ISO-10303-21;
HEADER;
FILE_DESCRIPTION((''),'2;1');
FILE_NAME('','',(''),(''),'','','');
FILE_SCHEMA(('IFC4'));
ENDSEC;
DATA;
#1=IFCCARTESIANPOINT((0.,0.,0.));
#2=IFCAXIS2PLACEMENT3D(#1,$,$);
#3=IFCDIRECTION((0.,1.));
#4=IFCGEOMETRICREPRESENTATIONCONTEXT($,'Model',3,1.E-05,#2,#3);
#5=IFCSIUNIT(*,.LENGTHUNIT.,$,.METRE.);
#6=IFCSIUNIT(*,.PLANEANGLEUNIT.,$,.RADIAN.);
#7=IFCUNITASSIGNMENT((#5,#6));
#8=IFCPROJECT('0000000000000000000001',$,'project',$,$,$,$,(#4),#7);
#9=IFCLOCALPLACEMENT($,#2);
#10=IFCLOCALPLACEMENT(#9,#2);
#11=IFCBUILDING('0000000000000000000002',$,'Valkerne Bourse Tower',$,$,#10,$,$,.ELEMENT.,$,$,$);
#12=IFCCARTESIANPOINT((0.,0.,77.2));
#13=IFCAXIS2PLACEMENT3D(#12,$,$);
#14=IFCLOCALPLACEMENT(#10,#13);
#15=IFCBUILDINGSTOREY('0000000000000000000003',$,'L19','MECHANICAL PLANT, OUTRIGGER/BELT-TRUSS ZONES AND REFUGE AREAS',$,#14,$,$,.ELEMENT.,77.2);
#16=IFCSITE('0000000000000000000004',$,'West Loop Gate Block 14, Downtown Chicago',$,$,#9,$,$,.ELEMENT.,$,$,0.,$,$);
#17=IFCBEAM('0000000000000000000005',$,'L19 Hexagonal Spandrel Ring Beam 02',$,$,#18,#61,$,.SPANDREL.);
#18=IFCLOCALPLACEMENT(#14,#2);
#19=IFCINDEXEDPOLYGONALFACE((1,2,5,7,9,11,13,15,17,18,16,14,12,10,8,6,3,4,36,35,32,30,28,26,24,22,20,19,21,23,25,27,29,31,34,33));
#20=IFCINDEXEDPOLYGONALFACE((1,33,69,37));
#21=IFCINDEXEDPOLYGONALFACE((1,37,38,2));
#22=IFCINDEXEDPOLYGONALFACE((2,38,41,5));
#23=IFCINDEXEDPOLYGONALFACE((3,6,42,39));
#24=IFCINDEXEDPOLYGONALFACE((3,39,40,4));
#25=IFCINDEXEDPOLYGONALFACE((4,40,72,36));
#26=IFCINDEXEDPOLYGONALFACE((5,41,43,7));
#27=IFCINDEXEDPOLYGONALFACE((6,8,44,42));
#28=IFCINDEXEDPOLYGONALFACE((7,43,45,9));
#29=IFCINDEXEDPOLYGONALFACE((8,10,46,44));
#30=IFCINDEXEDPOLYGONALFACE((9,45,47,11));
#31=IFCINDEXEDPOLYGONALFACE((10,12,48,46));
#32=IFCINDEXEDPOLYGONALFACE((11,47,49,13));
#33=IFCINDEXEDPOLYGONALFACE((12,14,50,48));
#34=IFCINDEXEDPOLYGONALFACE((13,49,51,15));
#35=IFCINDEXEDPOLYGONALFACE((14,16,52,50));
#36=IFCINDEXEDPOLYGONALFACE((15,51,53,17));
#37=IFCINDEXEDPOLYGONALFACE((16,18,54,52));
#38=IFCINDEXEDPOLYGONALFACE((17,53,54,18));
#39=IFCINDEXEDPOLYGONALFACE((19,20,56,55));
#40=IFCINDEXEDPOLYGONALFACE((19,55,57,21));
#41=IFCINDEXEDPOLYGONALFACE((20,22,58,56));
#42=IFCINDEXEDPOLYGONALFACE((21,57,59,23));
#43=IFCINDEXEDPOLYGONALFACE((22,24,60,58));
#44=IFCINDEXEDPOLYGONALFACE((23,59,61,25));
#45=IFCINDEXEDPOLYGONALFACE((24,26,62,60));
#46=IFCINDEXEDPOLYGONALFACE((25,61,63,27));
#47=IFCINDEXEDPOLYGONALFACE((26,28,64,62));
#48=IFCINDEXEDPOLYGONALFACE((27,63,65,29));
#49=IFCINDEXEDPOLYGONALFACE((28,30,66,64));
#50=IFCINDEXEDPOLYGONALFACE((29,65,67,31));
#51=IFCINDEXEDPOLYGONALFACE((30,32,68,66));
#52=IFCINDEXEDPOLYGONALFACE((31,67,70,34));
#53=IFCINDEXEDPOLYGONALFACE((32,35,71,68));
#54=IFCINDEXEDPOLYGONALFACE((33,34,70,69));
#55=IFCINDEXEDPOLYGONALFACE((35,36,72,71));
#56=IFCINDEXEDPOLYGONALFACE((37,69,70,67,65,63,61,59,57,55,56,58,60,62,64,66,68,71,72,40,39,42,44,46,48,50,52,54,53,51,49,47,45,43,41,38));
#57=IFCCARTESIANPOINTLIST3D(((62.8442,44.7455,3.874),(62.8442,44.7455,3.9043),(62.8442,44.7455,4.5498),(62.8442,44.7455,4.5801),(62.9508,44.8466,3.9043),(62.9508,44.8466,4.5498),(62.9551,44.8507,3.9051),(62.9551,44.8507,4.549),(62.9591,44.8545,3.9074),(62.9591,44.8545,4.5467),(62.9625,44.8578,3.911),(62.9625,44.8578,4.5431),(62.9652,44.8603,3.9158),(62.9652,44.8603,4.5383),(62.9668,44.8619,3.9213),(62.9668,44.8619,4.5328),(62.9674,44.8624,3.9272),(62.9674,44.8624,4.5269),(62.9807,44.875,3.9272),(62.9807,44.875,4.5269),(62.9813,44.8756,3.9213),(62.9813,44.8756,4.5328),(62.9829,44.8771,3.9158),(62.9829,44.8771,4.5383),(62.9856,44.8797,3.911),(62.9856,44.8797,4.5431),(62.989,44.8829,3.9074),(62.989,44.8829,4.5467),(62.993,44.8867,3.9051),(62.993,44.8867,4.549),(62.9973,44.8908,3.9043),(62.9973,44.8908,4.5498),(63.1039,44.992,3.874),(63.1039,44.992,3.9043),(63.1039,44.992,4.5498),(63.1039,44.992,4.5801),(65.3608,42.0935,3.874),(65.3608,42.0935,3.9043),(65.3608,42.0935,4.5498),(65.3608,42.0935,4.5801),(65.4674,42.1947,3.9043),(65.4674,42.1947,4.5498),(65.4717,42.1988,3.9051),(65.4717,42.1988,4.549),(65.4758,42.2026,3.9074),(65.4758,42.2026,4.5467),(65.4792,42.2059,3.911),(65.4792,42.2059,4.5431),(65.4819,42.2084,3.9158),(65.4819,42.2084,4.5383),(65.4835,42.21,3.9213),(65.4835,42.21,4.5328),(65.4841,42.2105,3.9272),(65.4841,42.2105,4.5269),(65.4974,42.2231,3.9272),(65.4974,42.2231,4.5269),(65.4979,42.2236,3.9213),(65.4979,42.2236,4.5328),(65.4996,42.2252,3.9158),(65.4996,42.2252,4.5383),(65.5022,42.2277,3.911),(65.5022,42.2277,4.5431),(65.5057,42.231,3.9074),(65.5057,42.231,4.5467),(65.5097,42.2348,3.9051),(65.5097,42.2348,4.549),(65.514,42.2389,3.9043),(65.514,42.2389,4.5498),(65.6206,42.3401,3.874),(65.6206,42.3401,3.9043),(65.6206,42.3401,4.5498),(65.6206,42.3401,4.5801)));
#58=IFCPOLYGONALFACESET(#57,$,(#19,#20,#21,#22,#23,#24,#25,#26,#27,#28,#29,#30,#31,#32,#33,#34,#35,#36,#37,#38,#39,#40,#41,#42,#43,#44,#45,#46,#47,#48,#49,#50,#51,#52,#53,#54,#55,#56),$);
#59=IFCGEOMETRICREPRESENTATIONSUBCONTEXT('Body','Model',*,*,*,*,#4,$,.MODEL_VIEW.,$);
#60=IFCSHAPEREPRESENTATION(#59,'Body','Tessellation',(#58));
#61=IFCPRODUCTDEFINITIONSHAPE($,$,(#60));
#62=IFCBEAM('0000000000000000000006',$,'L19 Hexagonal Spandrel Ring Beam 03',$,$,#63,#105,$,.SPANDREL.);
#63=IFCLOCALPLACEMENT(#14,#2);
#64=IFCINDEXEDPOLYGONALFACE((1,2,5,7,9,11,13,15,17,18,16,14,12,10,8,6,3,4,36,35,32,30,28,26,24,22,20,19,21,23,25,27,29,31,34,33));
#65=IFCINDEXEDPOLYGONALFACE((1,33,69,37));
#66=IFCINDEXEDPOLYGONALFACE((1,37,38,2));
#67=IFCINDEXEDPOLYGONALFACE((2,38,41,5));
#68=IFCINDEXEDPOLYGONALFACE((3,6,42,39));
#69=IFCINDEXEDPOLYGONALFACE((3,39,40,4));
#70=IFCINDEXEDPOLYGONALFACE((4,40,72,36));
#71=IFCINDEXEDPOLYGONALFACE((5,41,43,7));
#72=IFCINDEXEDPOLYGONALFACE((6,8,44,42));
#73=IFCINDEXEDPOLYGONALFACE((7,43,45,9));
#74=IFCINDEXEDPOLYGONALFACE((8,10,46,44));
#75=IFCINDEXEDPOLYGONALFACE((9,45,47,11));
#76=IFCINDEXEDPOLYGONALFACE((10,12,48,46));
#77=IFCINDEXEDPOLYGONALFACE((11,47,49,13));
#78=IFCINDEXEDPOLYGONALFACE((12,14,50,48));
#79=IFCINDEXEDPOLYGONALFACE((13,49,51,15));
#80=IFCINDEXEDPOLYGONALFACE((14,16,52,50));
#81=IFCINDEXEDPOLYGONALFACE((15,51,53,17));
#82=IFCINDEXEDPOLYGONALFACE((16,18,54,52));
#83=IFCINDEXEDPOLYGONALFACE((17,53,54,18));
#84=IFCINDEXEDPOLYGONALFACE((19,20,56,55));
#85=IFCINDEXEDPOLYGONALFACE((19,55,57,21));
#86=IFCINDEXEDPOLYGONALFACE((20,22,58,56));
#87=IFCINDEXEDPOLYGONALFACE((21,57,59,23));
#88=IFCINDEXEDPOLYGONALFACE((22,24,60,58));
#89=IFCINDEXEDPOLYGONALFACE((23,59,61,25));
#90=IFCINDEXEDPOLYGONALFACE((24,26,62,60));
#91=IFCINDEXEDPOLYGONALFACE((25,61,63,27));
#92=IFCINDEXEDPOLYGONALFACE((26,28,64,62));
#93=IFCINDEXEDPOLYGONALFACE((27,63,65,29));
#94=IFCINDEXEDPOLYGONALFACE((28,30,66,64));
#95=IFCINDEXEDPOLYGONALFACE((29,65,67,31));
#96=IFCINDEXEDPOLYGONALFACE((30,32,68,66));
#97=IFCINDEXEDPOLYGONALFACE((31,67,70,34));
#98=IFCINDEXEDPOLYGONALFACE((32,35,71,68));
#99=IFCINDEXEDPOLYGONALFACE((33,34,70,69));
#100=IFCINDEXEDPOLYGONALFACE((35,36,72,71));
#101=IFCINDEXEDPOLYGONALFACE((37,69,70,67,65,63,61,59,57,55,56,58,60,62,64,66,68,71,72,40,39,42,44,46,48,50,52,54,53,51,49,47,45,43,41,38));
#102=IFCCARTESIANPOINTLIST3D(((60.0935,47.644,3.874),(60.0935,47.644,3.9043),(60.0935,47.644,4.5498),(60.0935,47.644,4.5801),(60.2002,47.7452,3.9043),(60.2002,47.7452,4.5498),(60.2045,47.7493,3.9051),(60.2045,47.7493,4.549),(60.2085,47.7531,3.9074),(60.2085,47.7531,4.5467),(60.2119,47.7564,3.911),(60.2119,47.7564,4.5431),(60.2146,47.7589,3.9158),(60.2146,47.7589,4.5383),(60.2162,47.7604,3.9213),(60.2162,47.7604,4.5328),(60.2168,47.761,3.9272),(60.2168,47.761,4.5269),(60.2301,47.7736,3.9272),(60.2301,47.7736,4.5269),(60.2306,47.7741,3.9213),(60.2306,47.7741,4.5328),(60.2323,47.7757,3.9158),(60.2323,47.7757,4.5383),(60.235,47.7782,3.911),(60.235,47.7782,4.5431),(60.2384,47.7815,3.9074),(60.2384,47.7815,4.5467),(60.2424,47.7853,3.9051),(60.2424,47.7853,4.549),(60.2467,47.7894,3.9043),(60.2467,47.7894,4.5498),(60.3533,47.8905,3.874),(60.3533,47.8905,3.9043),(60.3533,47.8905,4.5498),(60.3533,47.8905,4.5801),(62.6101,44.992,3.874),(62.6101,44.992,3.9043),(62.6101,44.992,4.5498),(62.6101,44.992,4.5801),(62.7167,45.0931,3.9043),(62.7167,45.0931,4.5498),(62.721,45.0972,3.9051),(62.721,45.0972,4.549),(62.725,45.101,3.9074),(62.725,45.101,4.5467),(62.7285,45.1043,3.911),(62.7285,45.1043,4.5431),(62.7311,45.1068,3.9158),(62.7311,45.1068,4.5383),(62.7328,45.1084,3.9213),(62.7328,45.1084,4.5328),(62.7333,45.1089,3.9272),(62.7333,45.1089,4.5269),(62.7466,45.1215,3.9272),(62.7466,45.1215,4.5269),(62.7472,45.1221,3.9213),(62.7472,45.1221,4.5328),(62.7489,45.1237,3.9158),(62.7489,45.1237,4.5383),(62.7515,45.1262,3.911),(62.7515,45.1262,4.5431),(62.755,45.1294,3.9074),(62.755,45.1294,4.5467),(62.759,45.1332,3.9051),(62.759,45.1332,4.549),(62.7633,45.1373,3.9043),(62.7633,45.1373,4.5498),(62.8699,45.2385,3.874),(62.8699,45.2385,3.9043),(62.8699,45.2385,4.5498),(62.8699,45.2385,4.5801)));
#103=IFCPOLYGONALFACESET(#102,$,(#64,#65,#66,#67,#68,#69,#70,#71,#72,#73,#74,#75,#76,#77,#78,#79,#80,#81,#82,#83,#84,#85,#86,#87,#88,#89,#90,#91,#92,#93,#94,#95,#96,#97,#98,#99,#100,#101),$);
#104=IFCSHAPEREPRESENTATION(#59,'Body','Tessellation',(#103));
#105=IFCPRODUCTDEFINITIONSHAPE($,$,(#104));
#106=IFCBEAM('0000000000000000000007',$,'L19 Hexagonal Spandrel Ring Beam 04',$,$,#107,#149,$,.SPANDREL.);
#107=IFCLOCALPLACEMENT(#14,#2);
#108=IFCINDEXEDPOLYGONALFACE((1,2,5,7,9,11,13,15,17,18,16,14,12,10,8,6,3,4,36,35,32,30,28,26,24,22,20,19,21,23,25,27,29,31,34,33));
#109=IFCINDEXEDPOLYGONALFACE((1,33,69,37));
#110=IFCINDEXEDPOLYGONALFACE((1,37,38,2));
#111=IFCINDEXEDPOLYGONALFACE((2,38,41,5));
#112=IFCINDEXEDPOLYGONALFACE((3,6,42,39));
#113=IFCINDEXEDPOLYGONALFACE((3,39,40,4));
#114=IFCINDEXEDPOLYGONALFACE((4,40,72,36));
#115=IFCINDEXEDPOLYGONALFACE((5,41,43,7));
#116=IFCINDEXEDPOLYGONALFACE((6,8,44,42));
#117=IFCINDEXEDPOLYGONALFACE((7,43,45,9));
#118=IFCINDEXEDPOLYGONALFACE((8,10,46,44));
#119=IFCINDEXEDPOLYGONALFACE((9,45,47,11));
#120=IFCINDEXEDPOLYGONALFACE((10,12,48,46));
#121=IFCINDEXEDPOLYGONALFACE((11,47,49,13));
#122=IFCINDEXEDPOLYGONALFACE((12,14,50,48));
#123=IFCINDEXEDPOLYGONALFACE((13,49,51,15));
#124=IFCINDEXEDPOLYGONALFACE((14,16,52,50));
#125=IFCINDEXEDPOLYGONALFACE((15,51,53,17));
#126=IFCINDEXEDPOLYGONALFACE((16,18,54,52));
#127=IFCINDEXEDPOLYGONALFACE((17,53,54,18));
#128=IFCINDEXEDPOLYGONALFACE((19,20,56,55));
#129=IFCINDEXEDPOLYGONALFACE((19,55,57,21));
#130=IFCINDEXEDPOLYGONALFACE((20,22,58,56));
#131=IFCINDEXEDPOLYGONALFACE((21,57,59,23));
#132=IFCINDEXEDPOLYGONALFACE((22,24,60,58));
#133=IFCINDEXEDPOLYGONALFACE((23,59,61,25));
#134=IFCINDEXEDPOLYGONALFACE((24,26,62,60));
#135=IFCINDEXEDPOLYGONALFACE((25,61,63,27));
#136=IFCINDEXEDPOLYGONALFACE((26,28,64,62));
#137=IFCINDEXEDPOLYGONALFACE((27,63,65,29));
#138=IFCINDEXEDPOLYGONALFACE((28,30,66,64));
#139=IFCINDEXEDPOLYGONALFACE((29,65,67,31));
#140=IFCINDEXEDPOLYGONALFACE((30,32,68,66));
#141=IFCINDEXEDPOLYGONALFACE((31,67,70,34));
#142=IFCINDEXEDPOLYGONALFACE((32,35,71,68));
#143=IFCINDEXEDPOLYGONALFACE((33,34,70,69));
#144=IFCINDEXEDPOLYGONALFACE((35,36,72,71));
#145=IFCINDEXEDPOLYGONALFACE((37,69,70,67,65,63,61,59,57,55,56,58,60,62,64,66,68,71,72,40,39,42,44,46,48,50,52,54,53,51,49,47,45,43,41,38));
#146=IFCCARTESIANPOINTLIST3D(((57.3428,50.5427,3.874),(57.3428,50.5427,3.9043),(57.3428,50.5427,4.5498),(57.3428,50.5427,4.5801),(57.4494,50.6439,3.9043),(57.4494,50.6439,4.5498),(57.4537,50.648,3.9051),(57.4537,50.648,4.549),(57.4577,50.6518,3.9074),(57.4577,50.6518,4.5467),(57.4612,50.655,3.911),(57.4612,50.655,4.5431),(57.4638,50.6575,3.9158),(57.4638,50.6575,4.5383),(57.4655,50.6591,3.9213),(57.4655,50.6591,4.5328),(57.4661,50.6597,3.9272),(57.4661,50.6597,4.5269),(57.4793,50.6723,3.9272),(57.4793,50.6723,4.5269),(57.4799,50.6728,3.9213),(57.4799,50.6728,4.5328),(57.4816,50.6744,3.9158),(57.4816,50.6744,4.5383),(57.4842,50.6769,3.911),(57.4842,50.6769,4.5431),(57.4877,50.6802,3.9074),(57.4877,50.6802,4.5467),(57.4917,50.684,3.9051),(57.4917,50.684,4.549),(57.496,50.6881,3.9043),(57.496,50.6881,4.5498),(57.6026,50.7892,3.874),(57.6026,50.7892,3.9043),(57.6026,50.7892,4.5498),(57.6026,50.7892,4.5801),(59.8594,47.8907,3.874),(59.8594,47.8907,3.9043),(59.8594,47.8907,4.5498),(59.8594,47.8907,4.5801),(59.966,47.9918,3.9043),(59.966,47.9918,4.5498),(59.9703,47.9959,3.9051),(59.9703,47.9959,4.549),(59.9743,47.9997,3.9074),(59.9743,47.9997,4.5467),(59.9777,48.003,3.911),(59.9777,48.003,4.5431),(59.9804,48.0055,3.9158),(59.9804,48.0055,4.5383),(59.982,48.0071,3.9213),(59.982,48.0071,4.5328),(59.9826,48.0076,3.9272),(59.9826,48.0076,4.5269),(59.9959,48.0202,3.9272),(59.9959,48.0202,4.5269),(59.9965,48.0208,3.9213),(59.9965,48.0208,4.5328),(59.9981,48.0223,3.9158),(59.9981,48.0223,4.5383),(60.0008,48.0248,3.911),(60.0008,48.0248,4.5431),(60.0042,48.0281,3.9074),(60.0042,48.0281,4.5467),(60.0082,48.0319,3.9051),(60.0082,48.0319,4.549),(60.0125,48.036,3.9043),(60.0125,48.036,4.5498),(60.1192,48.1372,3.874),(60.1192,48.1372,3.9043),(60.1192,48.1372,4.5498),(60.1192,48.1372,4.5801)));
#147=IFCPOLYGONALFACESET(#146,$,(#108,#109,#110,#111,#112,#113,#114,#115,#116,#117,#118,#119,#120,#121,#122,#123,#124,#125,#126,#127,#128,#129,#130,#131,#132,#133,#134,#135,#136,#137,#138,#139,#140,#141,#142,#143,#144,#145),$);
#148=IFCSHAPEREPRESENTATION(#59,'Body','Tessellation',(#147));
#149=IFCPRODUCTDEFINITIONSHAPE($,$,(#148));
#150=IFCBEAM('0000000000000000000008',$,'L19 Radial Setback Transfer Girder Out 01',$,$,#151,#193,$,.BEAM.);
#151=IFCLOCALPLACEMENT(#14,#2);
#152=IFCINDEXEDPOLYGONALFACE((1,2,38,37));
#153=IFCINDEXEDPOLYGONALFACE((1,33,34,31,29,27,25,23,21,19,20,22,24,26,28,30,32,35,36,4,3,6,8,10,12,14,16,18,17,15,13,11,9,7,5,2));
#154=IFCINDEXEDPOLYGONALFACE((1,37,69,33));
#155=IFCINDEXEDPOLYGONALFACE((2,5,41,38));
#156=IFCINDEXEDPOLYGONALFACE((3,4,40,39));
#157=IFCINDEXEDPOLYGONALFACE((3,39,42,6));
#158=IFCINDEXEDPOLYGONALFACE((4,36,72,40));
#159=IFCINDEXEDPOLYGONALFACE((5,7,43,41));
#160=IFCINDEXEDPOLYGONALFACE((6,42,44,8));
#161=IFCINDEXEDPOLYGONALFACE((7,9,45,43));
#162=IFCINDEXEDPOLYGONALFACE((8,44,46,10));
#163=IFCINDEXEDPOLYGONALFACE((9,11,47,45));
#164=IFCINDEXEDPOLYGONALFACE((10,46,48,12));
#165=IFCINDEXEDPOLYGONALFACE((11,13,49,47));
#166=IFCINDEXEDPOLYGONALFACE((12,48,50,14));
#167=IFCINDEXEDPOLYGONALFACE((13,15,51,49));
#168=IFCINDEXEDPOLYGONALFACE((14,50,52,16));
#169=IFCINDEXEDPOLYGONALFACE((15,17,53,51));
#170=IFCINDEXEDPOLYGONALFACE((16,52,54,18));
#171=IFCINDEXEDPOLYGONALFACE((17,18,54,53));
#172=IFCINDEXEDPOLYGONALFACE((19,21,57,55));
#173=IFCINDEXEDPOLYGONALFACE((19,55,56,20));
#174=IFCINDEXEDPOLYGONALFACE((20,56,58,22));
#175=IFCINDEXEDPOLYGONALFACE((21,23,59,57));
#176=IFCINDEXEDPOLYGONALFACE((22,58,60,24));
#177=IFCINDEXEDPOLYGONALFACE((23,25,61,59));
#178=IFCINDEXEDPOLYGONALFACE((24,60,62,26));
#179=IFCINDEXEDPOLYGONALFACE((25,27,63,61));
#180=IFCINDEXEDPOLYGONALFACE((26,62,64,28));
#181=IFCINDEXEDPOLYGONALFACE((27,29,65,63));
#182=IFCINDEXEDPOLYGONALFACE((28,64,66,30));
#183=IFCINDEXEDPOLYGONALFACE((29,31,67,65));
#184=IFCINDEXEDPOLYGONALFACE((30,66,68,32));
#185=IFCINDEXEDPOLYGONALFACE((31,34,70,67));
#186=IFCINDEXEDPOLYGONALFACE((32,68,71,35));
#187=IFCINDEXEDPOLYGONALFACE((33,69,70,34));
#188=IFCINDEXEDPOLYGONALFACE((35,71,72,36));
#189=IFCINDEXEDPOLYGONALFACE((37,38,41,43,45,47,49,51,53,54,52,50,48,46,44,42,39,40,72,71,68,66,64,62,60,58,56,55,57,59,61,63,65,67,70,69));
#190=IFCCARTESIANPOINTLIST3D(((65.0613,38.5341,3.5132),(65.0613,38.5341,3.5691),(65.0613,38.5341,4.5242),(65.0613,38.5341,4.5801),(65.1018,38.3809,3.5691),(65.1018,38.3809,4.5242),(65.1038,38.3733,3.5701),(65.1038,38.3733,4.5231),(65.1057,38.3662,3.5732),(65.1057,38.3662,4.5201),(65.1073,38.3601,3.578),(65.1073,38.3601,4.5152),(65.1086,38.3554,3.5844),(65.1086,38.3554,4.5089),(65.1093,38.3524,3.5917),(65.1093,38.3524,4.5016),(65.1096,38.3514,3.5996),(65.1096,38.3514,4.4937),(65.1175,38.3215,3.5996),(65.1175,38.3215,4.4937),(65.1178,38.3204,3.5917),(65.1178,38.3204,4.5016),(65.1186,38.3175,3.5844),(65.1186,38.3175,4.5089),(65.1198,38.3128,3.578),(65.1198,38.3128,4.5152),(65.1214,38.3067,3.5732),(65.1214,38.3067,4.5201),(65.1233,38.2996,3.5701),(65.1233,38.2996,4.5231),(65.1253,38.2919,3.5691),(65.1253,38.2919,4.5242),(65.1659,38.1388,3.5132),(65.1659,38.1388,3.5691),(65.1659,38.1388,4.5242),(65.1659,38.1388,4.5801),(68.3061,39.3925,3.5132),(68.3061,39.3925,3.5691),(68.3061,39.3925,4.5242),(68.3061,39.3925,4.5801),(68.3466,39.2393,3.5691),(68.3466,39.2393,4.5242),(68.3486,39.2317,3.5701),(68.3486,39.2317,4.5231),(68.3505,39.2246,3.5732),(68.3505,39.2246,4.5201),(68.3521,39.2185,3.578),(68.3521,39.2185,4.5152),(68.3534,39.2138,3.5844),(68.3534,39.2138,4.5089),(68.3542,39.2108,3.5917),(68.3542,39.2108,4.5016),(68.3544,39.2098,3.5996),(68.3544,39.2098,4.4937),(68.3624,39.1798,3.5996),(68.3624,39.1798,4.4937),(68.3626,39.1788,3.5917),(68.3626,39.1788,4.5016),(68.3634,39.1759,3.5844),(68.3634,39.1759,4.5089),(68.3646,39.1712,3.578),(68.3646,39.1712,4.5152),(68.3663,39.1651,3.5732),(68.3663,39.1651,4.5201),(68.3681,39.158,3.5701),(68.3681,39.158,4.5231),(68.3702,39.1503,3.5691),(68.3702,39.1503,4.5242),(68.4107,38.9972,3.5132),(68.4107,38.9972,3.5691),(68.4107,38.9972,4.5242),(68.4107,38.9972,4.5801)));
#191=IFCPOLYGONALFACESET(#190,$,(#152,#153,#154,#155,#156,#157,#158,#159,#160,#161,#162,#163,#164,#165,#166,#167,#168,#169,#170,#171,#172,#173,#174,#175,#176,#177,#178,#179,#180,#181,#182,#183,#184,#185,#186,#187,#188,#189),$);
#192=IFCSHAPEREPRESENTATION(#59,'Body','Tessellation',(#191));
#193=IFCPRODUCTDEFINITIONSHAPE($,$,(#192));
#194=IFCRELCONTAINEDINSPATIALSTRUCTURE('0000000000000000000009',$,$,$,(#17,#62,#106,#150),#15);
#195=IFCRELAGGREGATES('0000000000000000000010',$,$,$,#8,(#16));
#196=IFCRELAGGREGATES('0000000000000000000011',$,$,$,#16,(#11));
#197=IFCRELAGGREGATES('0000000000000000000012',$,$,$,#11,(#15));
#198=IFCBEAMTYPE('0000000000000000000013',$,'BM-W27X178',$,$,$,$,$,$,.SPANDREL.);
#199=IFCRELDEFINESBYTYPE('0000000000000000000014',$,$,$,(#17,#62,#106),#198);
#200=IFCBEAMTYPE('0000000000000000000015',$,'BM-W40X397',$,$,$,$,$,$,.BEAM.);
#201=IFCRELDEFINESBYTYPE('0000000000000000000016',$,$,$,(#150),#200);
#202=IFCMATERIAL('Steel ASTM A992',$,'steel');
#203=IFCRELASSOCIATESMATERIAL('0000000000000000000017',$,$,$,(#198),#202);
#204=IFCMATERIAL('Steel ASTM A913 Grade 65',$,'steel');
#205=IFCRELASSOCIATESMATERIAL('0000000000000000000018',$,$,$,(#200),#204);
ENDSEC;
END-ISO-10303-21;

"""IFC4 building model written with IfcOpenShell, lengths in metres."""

from ifc_helpers import new_model, si_unit, direction, frame, origin, origin_2d, place, context, subcontext, project, spatial, i_section, extrude, material, material_profile, profile_set, type_object, element, save


model = new_model("IFC4")

# Units and contexts
model_context = context("Model", 3, precision=1e-05, world=origin(), true_north=direction((0.0, 1.0)))
body_context = subcontext(model_context, "Body", "Model", "MODEL_VIEW")
ifc_project = project(units=[si_unit("LENGTHUNIT", "METRE"), si_unit("PLANEANGLEUNIT", "RADIAN")], contexts=[model_context])

# Site, building, storey
site_placement = place(None, origin())
site = spatial("IfcSite", under=ifc_project, at=site_placement, Name="West Loop Gate Block 14, Downtown Chicago", CompositionType="ELEMENT", RefElevation=0.0)
building_placement = place(site_placement, origin())
building = spatial("IfcBuilding", under=site, at=building_placement, Name="Valkerne Bourse Tower", CompositionType="ELEMENT")
storey_placement = place(building_placement, frame((0.0, 0.0, 77.2)))
storey = spatial("IfcBuildingStorey", under=building, at=storey_placement, Name="L19", Description="MECHANICAL PLANT, OUTRIGGER/BELT-TRUSS ZONES AND REFUGE AREAS", CompositionType="ELEMENT", Elevation=77.2)

# Shared definitions
ifc_material_1 = material(Name="Steel ASTM A913 Grade 65", Category="steel")

# Beams
ifc_material_2 = material(Name="Steel ASTM A992", Category="steel")
ifc_material_profile_1 = material_profile(ifc_material_2, i_section(OverallWidth=0.3582, OverallDepth=0.7061, WebThickness=0.0183, FlangeThickness=0.0303, FilletRadius=0.0229, at=origin_2d()), Name="W27X178")
ifc_profile_set_1 = profile_set([ifc_material_profile_1], Name="Steel ASTM A992")
beam_type_1 = type_object("IfcBeamType", Name="BM-W27X178", PredefinedType="SPANDREL", material=ifc_profile_set_1)
for number, where, z_axis, x_axis, name in (
    (1, (65.4907, 42.2168, 4.2271), (-0.688367, 0.725363, 0.0), (-0.725363, -0.688367, 0.0), "L19 Hexagonal Spandrel Ring Beam 02"),
    (2, (62.74, 45.1152, 4.2271), (-0.688333, 0.725394, 0.0), (-0.725394, -0.688333, 0.0), "L19 Hexagonal Spandrel Ring Beam 03"),
    (3, (59.9893, 48.0139, 4.2271), (-0.688333, 0.725394, 0.0), (-0.725394, -0.688333, 0.0), "L19 Hexagonal Spandrel Ring Beam 04"),
):
    element("IfcBeam", number, at=place(storey_placement, frame(where, z_axis=z_axis, x_axis=x_axis)), inside=storey, type_object=beam_type_1, Name=name, PredefinedType="SPANDREL", context=body_context, shape_type="SweptSolid", body=[
        extrude(i_section(OverallWidth=0.3582, OverallDepth=0.7061, WebThickness=0.0183, FlangeThickness=0.0303, FilletRadius=0.0229, at=origin_2d()), origin(), (0.0, 0.0, 1.0), 3.656),
    ])
ifc_material_profile_2 = material_profile(ifc_material_1, i_section(OverallWidth=0.4089, OverallDepth=1.0669, WebThickness=0.031, FlangeThickness=0.0559, FilletRadius=0.0305, at=origin_2d()), Name="W40X397")
ifc_profile_set_2 = profile_set([ifc_material_profile_2], Name="Steel ASTM A913 Grade 65")
beam_type_2 = type_object("IfcBeamType", Name="BM-W40X397", PredefinedType="BEAM", material=ifc_profile_set_2)
beam_1_placement = place(storey_placement, frame((68.3584, 39.1948, 4.0466), z_axis=(-0.966745, -0.255743, 0.0), x_axis=(0.255743, -0.966745, 0.0)))
element("IfcBeam", 4, at=beam_1_placement, inside=storey, type_object=beam_type_2, Name="L19 Radial Setback Transfer Girder Out 01", PredefinedType="BEAM", context=body_context, shape_type="SweptSolid", body=[
    extrude(i_section(OverallWidth=0.4089, OverallDepth=1.0669, WebThickness=0.031, FlangeThickness=0.0559, FilletRadius=0.0305, at=origin_2d()), origin(), (0.0, 0.0, 1.0), 3.3564),
])

save(model, "model.ifc")
